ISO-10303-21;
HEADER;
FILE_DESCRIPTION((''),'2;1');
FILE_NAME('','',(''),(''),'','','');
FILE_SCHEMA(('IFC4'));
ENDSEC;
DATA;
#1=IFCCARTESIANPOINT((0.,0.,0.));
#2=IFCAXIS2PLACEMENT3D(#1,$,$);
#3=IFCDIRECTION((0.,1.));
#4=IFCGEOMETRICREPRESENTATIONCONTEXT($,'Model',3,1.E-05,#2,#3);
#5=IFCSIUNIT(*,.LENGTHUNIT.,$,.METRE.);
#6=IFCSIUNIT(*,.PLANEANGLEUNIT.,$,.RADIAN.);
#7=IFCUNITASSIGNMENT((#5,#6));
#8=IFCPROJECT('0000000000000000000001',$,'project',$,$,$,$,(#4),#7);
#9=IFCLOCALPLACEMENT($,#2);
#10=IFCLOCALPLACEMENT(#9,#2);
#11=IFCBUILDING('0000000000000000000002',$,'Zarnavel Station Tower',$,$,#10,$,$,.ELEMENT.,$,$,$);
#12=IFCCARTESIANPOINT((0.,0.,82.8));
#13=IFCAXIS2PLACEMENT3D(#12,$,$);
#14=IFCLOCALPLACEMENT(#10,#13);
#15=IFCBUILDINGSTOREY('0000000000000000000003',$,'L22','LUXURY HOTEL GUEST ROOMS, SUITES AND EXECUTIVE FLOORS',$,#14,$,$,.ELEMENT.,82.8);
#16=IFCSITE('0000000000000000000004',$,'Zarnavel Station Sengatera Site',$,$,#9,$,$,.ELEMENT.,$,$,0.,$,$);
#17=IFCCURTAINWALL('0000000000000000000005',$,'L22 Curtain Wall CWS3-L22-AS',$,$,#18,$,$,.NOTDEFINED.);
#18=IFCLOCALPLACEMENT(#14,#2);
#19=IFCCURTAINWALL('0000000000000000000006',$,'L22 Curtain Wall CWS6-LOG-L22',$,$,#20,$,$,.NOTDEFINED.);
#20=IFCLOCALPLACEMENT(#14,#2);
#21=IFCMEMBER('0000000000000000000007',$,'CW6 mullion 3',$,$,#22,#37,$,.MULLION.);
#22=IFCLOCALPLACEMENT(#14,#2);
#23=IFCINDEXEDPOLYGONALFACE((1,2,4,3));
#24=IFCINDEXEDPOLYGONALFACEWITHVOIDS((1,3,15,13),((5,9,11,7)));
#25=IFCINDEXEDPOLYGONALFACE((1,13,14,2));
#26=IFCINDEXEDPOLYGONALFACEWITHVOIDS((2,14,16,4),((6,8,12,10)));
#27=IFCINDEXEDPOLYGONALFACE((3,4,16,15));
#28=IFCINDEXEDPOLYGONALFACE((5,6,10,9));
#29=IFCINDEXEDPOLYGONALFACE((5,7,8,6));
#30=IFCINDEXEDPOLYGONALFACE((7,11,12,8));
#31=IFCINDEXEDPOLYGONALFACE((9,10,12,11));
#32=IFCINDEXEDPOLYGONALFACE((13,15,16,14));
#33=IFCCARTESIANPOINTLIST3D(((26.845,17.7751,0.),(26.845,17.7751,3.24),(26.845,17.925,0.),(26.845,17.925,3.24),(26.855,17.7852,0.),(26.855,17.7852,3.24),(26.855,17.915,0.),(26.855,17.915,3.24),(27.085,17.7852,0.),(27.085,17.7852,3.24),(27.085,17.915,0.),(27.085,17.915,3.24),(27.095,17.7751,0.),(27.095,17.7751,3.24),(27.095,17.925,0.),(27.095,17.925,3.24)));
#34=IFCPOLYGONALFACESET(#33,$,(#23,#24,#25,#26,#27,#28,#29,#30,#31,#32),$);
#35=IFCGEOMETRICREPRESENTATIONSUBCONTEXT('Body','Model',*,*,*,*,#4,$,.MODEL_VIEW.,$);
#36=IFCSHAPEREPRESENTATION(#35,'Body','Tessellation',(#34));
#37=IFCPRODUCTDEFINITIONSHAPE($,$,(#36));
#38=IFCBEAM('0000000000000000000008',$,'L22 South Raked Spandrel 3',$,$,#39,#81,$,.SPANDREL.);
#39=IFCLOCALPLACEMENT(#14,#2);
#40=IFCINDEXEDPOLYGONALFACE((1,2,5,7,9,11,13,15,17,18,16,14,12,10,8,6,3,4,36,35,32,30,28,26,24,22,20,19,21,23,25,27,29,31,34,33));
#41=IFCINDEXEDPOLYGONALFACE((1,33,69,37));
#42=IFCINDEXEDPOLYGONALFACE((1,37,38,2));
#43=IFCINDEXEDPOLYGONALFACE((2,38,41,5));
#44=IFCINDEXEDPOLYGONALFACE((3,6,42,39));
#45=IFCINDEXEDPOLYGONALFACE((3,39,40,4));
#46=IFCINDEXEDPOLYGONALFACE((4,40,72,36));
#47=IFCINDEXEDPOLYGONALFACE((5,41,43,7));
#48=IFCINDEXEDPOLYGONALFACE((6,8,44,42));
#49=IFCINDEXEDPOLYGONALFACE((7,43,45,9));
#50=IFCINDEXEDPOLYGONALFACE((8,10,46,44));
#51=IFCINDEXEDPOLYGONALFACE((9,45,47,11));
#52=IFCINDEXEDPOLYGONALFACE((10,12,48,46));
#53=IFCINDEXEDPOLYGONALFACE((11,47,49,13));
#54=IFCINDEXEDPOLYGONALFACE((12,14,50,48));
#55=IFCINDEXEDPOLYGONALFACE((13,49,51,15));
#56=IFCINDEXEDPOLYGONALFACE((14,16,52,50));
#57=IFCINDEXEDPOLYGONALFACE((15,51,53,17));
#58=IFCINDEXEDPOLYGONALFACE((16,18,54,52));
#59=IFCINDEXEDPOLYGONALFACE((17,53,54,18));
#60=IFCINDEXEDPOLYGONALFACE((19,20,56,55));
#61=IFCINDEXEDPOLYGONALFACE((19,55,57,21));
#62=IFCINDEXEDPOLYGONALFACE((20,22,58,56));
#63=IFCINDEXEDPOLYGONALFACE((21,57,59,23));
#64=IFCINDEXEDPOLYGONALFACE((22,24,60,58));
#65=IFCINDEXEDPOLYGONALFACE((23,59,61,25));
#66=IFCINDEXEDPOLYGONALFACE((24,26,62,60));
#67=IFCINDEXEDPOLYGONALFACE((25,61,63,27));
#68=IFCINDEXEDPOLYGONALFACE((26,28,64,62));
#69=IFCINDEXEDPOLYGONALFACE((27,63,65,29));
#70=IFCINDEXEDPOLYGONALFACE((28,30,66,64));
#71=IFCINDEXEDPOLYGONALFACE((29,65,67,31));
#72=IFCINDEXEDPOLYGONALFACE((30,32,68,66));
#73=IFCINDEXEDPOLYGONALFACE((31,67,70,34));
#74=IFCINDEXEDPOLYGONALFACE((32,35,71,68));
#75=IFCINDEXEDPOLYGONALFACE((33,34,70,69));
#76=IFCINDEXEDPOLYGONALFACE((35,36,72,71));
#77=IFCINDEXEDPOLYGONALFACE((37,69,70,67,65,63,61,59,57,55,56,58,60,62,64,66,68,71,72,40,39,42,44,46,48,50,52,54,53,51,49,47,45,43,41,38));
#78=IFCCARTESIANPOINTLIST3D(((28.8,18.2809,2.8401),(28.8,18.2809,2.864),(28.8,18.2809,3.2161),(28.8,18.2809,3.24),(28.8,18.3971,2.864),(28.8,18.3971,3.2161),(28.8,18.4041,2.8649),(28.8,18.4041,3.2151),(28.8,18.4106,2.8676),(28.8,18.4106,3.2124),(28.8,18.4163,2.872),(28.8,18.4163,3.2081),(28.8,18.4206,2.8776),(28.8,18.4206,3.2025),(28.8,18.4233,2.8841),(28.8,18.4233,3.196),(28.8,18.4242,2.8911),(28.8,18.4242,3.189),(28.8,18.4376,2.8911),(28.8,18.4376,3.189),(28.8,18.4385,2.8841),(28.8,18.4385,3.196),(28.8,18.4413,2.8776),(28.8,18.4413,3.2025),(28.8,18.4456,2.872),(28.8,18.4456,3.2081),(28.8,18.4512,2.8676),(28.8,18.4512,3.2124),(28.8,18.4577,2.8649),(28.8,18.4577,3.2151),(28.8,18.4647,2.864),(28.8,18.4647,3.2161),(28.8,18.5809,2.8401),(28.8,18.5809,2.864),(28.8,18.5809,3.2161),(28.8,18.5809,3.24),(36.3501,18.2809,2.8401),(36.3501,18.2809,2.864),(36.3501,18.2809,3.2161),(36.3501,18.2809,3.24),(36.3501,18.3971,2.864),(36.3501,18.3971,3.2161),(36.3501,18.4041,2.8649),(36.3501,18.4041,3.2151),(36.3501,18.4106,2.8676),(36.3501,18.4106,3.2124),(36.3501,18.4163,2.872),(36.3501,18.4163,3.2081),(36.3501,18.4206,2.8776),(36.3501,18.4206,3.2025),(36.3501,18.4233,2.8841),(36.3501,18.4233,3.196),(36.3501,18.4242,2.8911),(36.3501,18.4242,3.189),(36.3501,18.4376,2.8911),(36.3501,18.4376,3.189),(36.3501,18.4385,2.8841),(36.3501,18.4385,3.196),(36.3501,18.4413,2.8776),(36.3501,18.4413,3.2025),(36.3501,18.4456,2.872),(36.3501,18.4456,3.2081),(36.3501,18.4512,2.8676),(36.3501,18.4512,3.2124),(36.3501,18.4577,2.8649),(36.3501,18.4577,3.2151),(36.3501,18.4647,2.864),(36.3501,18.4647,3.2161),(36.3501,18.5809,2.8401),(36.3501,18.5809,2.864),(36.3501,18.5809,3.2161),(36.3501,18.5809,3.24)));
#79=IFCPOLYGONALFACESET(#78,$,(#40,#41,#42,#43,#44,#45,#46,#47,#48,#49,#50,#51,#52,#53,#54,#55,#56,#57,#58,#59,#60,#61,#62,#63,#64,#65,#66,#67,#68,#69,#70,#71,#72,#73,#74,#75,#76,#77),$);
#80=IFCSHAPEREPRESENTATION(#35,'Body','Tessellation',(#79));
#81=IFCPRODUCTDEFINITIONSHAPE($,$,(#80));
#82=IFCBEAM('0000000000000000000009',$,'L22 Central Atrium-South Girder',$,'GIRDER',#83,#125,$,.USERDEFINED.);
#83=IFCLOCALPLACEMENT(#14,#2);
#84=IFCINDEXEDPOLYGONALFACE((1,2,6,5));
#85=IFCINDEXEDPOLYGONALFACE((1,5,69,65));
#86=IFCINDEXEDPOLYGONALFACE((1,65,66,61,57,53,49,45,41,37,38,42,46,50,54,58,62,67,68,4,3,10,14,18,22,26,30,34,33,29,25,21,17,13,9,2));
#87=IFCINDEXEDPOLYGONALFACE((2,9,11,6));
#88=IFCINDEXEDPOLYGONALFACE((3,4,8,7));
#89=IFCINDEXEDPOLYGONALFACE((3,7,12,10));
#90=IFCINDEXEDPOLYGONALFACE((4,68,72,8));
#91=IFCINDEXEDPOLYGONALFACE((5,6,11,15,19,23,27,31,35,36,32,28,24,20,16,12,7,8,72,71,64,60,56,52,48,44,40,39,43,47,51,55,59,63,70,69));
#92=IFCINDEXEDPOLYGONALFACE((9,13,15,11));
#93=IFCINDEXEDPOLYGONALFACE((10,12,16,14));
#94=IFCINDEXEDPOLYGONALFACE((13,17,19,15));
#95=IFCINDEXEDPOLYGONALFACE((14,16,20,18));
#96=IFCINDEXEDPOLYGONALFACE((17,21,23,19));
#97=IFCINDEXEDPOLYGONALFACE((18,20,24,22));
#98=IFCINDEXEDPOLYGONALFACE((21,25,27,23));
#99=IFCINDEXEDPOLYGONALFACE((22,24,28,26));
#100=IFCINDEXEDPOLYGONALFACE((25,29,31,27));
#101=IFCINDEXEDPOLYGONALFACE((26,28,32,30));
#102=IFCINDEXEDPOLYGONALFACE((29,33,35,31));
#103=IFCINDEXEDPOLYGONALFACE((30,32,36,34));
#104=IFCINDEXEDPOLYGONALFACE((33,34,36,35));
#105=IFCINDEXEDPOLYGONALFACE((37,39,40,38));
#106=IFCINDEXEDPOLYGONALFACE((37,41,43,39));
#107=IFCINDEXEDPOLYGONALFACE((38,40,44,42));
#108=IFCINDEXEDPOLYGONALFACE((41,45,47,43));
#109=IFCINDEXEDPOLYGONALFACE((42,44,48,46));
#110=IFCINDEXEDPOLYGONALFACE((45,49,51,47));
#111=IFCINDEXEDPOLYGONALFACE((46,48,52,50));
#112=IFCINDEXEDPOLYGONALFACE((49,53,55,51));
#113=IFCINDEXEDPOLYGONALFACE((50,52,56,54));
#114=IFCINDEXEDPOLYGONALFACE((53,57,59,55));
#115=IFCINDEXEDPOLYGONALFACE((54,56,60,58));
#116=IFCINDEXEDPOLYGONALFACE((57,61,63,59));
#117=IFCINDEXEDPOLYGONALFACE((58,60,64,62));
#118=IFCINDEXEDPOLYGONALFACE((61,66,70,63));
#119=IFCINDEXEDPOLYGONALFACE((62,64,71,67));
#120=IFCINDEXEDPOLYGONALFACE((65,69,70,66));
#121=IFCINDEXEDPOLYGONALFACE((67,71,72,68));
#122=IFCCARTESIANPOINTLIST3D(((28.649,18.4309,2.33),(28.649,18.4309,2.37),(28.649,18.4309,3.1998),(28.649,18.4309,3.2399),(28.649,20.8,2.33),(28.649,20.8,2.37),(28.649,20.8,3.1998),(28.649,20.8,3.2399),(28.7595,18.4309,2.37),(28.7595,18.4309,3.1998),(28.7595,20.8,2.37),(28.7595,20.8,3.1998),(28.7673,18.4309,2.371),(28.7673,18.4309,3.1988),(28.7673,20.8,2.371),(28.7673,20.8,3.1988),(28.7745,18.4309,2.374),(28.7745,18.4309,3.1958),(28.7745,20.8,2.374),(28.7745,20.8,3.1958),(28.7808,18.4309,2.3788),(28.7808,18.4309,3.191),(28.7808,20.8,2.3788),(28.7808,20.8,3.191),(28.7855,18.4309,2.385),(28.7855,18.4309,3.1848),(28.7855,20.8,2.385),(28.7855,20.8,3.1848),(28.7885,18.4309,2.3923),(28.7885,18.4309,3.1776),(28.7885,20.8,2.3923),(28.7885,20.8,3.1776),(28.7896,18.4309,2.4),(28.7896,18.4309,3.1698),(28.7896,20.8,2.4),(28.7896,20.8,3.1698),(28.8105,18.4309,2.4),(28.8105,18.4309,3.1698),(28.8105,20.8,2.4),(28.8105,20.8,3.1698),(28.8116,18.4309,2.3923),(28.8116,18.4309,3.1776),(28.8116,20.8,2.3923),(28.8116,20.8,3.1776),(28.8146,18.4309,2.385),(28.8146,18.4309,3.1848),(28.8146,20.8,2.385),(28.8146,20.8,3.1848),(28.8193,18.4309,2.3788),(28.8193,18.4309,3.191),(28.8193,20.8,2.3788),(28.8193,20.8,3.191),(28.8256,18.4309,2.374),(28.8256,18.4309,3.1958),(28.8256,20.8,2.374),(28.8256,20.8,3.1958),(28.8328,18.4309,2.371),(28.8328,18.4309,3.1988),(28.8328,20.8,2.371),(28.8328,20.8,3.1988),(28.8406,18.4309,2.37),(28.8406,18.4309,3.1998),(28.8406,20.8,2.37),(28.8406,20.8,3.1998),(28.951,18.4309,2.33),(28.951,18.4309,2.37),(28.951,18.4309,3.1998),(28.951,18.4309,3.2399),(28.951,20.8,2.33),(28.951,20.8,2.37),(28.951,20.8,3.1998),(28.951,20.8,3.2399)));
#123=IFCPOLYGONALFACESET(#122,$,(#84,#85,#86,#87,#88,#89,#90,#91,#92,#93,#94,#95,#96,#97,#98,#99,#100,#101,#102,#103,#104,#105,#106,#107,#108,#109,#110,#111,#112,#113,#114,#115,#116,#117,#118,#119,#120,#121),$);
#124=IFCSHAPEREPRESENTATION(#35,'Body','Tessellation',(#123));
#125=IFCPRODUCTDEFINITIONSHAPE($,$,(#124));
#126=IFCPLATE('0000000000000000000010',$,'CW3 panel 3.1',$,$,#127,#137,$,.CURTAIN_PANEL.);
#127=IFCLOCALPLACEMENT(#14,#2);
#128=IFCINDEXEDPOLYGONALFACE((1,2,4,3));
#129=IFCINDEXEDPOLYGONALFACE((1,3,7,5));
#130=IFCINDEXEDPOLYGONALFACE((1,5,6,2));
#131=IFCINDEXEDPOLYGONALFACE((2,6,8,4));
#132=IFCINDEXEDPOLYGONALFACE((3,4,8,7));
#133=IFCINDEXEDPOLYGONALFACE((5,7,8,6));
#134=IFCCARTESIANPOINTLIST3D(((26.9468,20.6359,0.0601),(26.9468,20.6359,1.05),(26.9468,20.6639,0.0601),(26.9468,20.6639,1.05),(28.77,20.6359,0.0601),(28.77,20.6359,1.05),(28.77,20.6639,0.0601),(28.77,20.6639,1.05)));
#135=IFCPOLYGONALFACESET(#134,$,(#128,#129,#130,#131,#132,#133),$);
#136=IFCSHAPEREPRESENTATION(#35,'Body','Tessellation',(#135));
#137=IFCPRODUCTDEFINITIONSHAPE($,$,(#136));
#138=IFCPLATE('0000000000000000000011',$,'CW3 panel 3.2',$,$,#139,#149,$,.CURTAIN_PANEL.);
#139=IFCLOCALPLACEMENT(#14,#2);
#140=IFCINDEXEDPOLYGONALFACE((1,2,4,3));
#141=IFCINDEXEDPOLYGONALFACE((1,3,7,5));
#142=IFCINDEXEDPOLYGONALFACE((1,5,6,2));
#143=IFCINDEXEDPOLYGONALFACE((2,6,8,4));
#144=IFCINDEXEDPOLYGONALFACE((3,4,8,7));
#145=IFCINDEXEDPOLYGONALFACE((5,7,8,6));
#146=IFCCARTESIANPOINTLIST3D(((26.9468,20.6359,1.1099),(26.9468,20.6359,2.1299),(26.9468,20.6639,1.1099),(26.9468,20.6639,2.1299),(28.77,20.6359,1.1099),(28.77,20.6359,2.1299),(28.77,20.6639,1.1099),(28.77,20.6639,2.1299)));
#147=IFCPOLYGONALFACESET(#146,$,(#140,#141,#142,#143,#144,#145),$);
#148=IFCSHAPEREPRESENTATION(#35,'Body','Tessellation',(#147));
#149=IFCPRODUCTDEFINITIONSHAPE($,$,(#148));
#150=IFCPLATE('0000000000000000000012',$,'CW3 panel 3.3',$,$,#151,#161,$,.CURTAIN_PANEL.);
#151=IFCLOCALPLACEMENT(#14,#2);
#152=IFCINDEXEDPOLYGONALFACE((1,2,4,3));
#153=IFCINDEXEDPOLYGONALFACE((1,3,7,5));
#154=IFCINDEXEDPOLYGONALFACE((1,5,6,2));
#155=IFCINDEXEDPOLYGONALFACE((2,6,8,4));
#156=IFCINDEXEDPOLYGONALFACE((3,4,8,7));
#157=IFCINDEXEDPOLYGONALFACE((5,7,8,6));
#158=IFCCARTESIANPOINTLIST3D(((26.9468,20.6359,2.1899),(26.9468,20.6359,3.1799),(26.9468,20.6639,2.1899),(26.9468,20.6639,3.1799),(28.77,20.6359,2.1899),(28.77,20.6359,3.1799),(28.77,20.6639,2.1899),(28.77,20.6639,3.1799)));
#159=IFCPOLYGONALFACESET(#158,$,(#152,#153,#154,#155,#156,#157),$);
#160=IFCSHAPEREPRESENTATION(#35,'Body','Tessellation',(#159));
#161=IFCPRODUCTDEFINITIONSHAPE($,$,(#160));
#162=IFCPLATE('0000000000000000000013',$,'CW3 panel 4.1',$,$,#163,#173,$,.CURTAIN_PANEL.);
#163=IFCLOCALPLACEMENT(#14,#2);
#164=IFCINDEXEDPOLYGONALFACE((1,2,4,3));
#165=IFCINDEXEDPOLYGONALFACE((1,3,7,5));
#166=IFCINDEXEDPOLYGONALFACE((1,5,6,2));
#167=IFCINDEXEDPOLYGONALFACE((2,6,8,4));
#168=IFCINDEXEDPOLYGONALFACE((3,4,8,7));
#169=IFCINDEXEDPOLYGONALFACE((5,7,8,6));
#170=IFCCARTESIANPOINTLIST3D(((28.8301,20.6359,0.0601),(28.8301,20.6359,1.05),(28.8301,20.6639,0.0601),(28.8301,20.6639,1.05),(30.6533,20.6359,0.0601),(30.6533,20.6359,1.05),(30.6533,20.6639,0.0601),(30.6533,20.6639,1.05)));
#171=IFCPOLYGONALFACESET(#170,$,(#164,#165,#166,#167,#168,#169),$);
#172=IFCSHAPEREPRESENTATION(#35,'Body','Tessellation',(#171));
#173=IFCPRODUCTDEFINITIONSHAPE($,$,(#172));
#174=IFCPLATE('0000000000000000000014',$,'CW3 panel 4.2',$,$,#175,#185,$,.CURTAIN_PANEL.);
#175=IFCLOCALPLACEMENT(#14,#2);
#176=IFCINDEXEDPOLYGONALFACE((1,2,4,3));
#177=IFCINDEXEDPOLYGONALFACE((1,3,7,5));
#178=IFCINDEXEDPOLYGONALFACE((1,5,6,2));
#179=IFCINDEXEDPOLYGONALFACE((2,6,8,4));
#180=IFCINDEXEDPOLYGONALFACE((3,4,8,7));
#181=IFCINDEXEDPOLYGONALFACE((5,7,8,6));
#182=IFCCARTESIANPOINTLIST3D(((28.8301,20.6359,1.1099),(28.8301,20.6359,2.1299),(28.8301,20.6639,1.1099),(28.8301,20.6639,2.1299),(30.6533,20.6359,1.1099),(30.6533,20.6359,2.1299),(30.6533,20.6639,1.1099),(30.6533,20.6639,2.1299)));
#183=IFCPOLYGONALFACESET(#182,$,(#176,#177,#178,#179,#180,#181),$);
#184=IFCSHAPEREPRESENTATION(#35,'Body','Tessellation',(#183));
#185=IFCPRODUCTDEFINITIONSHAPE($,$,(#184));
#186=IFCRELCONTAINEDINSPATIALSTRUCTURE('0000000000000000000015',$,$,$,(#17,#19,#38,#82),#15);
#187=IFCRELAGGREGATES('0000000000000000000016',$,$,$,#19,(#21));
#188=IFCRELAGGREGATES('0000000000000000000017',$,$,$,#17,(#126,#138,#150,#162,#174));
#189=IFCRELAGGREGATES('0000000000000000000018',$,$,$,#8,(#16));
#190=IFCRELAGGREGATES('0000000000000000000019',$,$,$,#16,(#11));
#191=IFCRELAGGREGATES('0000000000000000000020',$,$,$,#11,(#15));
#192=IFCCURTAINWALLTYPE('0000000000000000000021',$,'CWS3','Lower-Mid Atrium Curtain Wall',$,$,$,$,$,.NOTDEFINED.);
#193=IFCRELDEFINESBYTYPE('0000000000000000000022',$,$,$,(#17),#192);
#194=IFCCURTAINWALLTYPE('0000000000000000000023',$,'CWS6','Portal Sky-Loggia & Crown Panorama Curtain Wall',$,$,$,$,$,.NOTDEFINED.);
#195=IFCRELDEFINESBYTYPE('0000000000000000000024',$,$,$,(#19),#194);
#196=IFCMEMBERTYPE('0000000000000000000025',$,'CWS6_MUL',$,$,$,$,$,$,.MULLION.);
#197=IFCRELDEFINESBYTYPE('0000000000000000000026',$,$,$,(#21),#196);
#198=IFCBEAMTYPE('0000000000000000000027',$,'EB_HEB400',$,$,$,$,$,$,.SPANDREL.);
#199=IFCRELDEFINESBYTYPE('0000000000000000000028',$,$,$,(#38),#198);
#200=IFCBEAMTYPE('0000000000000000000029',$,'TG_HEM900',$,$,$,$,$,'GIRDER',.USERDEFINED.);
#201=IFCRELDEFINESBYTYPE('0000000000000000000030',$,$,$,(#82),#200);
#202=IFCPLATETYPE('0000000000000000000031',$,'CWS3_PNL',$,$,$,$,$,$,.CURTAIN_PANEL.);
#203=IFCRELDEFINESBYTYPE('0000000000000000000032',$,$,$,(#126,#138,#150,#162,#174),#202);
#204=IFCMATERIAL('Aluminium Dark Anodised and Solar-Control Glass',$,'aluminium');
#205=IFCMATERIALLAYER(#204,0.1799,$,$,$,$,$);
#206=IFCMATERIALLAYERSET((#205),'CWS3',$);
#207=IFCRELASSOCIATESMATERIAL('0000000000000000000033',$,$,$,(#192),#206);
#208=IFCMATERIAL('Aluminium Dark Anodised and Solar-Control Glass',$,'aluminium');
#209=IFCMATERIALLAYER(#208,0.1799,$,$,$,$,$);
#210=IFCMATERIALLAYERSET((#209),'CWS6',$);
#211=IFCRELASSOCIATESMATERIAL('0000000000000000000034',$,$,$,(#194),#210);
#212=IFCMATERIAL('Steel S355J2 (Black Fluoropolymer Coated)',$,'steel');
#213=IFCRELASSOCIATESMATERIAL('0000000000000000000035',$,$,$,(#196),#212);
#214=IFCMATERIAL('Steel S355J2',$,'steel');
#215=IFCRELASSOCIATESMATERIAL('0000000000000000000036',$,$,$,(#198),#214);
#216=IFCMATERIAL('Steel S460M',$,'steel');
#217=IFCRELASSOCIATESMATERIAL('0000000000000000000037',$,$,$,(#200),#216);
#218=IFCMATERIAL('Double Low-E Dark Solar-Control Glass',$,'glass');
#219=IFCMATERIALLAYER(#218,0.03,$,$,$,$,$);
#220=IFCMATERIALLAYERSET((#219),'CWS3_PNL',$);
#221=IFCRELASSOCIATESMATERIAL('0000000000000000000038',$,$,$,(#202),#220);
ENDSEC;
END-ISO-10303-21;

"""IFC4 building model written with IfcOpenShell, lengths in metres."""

from ifc_helpers import new_model, si_unit, direction, frame, origin, origin_2d, place, context, subcontext, project, spatial, rectangle, hollow_rectangle, i_section, extrude, material, layer, layer_set, material_profile, profile_set, type_object, element, aggregate, save


model = new_model("IFC4")

# Units and contexts
model_context = context("Model", 3, precision=1e-05, world=origin(), true_north=direction((0.0, 1.0)))
body_context = subcontext(model_context, "Body", "Model", "MODEL_VIEW")
ifc_project = project(units=[si_unit("LENGTHUNIT", "METRE"), si_unit("PLANEANGLEUNIT", "RADIAN")], contexts=[model_context])

# Site, building, storey
site_placement = place(None, origin())
site = spatial("IfcSite", under=ifc_project, at=site_placement, Name="Zarnavel Station Sengatera Site", CompositionType="ELEMENT", RefElevation=0.0)
building_placement = place(site_placement, origin())
building = spatial("IfcBuilding", under=site, at=building_placement, Name="Zarnavel Station Tower", CompositionType="ELEMENT")
storey_placement = place(building_placement, frame((0.0, 0.0, 82.8)))
storey = spatial("IfcBuildingStorey", under=building, at=storey_placement, Name="L22", Description="LUXURY HOTEL GUEST ROOMS, SUITES AND EXECUTIVE FLOORS", CompositionType="ELEMENT", Elevation=82.8)

# Curtain wall
ifc_material_1 = material(Name="Aluminium Dark Anodised and Solar-Control Glass", Category="aluminium")
ifc_layer_1 = layer(ifc_material_1, 0.1799)
ifc_layer_set_1 = layer_set([ifc_layer_1], Name="CWS3")
curtain_wall_type_1 = type_object("IfcCurtainWallType", Name="CWS3", Description="Lower-Mid Atrium Curtain Wall", PredefinedType="NOTDEFINED", material=ifc_layer_set_1)
curtain_wall_1_placement = place(storey_placement, origin())
curtain_wall_1 = element("IfcCurtainWall", 1, at=curtain_wall_1_placement, inside=storey, type_object=curtain_wall_type_1, Name="L22 Curtain Wall CWS3-L22-AS", PredefinedType="NOTDEFINED")

# Curtain wall, member
ifc_material_2 = material(Name="Aluminium Dark Anodised and Solar-Control Glass", Category="aluminium")
ifc_layer_2 = layer(ifc_material_2, 0.1799)
ifc_layer_set_2 = layer_set([ifc_layer_2], Name="CWS6")
curtain_wall_type_2 = type_object("IfcCurtainWallType", Name="CWS6", Description="Portal Sky-Loggia & Crown Panorama Curtain Wall", PredefinedType="NOTDEFINED", material=ifc_layer_set_2)
curtain_wall_2_placement = place(storey_placement, origin())
curtain_wall_2 = element("IfcCurtainWall", 2, at=curtain_wall_2_placement, inside=storey, type_object=curtain_wall_type_2, Name="L22 Curtain Wall CWS6-LOG-L22", PredefinedType="NOTDEFINED")
ifc_material_3 = material(Name="Steel S355J2 (Black Fluoropolymer Coated)", Category="steel")
ifc_material_profile_1 = material_profile(ifc_material_3, hollow_rectangle(XDim=0.1499, YDim=0.25, WallThickness=0.01, at=origin_2d()), Name="RHS250x150x10")
ifc_profile_set_1 = profile_set([ifc_material_profile_1], Name="Steel S355J2 (Black Fluoropolymer Coated)")
member_type_1 = type_object("IfcMemberType", Name="CWS6_MUL", PredefinedType="MULLION", material=ifc_profile_set_1)
member_1_placement = place(storey_placement, frame((26.97, 17.8501, 0.0), z_axis=(0.0, 0.0, 1.0), x_axis=(0.0, 1.0, 0.0)))
member_1 = element("IfcMember", 3, at=member_1_placement, type_object=member_type_1, Name="CW6 mullion 3", PredefinedType="MULLION", context=body_context, shape_type="SweptSolid", body=[
    extrude(hollow_rectangle(XDim=0.1499, YDim=0.25, WallThickness=0.01, at=origin_2d()), origin(), (0.0, 0.0, 1.0), 3.24),
])
aggregate(curtain_wall_2, [member_1])

# Beams
ifc_material_4 = material(Name="Steel S355J2", Category="steel")
ifc_material_profile_2 = material_profile(ifc_material_4, i_section(OverallWidth=0.3, OverallDepth=0.3999, WebThickness=0.0134, FlangeThickness=0.0239, FilletRadius=0.0271, at=origin_2d()), Name="HEB400")
ifc_profile_set_2 = profile_set([ifc_material_profile_2], Name="Steel S355J2")
beam_type_1 = type_object("IfcBeamType", Name="EB_HEB400", PredefinedType="SPANDREL", material=ifc_profile_set_2)
beam_1_placement = place(storey_placement, frame((28.8, 18.4309, 3.04), z_axis=(1.0, 0.0, 0.0), x_axis=(0.0, 1.0, 0.0)))
element("IfcBeam", 4, at=beam_1_placement, inside=storey, type_object=beam_type_1, Name="L22 South Raked Spandrel 3", PredefinedType="SPANDREL", context=body_context, shape_type="SweptSolid", body=[
    extrude(i_section(OverallWidth=0.3, OverallDepth=0.3999, WebThickness=0.0134, FlangeThickness=0.0239, FilletRadius=0.0271, at=origin_2d()), origin(), (0.0, 0.0, 1.0), 7.55),
])
ifc_material_5 = material(Name="Steel S460M", Category="steel")
ifc_material_profile_3 = material_profile(ifc_material_5, i_section(OverallWidth=0.302, OverallDepth=0.9099, WebThickness=0.021, FlangeThickness=0.04, FilletRadius=0.03, at=origin_2d()), Name="HEM900")
ifc_profile_set_3 = profile_set([ifc_material_profile_3], Name="Steel S460M")
beam_type_2 = type_object("IfcBeamType", Name="TG_HEM900", ElementType="GIRDER", PredefinedType="USERDEFINED", material=ifc_profile_set_3)
beam_2_placement = place(storey_placement, frame((28.8, 18.4309, 2.7849), z_axis=(0.0, 1.0, 0.0), x_axis=(-1.0, 0.0, 0.0)))
element("IfcBeam", 5, at=beam_2_placement, inside=storey, type_object=beam_type_2, Name="L22 Central Atrium-South Girder", ObjectType="GIRDER", PredefinedType="USERDEFINED", context=body_context, shape_type="SweptSolid", body=[
    extrude(i_section(OverallWidth=0.302, OverallDepth=0.9099, WebThickness=0.021, FlangeThickness=0.04, FilletRadius=0.03, at=origin_2d()), origin(), (0.0, 0.0, 1.0), 2.3691),
])

# Plates
ifc_material_6 = material(Name="Double Low-E Dark Solar-Control Glass", Category="glass")
ifc_layer_3 = layer(ifc_material_6, 0.03)
ifc_layer_set_3 = layer_set([ifc_layer_3], Name="CWS3_PNL")
plate_type = type_object("IfcPlateType", Name="CWS3_PNL", PredefinedType="CURTAIN_PANEL", material=ifc_layer_set_3)
plate_1_placement = place(storey_placement, frame((27.8584, 20.6499, 0.0601), z_axis=(0.0, 0.0, 1.0), x_axis=(1.0, 0.0, 0.0)))
plate_1 = element("IfcPlate", 6, at=plate_1_placement, type_object=plate_type, Name="CW3 panel 3.1", PredefinedType="CURTAIN_PANEL", context=body_context, shape_type="SweptSolid", body=[
    extrude(rectangle(XDim=1.8232, YDim=0.0281, at=origin_2d()), origin(), (0.0, 0.0, 1.0), 0.99),
])
plate_2_placement = place(storey_placement, frame((27.8584, 20.6499, 1.1099), z_axis=(0.0, 0.0, 1.0), x_axis=(1.0, 0.0, 0.0)))
plate_2 = element("IfcPlate", 7, at=plate_2_placement, type_object=plate_type, Name="CW3 panel 3.2", PredefinedType="CURTAIN_PANEL", context=body_context, shape_type="SweptSolid", body=[
    extrude(rectangle(XDim=1.8232, YDim=0.0281, at=origin_2d()), origin(), (0.0, 0.0, 1.0), 1.02),
])
plate_3_placement = place(storey_placement, frame((27.8584, 20.6499, 2.1899), z_axis=(0.0, 0.0, 1.0), x_axis=(1.0, 0.0, 0.0)))
plate_3 = element("IfcPlate", 8, at=plate_3_placement, type_object=plate_type, Name="CW3 panel 3.3", PredefinedType="CURTAIN_PANEL", context=body_context, shape_type="SweptSolid", body=[
    extrude(rectangle(XDim=1.8232, YDim=0.0281, at=origin_2d()), origin(), (0.0, 0.0, 1.0), 0.99),
])
plate_4_placement = place(storey_placement, frame((29.7417, 20.6499, 0.0601), z_axis=(0.0, 0.0, 1.0), x_axis=(1.0, 0.0, 0.0)))
plate_4 = element("IfcPlate", 9, at=plate_4_placement, type_object=plate_type, Name="CW3 panel 4.1", PredefinedType="CURTAIN_PANEL", context=body_context, shape_type="SweptSolid", body=[
    extrude(rectangle(XDim=1.8232, YDim=0.0281, at=origin_2d()), origin(), (0.0, 0.0, 1.0), 0.99),
])
plate_5_placement = place(storey_placement, frame((29.7417, 20.6499, 1.1099), z_axis=(0.0, 0.0, 1.0), x_axis=(1.0, 0.0, 0.0)))
plate_5 = element("IfcPlate", 10, at=plate_5_placement, type_object=plate_type, Name="CW3 panel 4.2", PredefinedType="CURTAIN_PANEL", context=body_context, shape_type="SweptSolid", body=[
    extrude(rectangle(XDim=1.8232, YDim=0.0281, at=origin_2d()), origin(), (0.0, 0.0, 1.0), 1.02),
])
aggregate(curtain_wall_1, [plate_1, plate_2, plate_3, plate_4, plate_5])

save(model, "model.ifc")
